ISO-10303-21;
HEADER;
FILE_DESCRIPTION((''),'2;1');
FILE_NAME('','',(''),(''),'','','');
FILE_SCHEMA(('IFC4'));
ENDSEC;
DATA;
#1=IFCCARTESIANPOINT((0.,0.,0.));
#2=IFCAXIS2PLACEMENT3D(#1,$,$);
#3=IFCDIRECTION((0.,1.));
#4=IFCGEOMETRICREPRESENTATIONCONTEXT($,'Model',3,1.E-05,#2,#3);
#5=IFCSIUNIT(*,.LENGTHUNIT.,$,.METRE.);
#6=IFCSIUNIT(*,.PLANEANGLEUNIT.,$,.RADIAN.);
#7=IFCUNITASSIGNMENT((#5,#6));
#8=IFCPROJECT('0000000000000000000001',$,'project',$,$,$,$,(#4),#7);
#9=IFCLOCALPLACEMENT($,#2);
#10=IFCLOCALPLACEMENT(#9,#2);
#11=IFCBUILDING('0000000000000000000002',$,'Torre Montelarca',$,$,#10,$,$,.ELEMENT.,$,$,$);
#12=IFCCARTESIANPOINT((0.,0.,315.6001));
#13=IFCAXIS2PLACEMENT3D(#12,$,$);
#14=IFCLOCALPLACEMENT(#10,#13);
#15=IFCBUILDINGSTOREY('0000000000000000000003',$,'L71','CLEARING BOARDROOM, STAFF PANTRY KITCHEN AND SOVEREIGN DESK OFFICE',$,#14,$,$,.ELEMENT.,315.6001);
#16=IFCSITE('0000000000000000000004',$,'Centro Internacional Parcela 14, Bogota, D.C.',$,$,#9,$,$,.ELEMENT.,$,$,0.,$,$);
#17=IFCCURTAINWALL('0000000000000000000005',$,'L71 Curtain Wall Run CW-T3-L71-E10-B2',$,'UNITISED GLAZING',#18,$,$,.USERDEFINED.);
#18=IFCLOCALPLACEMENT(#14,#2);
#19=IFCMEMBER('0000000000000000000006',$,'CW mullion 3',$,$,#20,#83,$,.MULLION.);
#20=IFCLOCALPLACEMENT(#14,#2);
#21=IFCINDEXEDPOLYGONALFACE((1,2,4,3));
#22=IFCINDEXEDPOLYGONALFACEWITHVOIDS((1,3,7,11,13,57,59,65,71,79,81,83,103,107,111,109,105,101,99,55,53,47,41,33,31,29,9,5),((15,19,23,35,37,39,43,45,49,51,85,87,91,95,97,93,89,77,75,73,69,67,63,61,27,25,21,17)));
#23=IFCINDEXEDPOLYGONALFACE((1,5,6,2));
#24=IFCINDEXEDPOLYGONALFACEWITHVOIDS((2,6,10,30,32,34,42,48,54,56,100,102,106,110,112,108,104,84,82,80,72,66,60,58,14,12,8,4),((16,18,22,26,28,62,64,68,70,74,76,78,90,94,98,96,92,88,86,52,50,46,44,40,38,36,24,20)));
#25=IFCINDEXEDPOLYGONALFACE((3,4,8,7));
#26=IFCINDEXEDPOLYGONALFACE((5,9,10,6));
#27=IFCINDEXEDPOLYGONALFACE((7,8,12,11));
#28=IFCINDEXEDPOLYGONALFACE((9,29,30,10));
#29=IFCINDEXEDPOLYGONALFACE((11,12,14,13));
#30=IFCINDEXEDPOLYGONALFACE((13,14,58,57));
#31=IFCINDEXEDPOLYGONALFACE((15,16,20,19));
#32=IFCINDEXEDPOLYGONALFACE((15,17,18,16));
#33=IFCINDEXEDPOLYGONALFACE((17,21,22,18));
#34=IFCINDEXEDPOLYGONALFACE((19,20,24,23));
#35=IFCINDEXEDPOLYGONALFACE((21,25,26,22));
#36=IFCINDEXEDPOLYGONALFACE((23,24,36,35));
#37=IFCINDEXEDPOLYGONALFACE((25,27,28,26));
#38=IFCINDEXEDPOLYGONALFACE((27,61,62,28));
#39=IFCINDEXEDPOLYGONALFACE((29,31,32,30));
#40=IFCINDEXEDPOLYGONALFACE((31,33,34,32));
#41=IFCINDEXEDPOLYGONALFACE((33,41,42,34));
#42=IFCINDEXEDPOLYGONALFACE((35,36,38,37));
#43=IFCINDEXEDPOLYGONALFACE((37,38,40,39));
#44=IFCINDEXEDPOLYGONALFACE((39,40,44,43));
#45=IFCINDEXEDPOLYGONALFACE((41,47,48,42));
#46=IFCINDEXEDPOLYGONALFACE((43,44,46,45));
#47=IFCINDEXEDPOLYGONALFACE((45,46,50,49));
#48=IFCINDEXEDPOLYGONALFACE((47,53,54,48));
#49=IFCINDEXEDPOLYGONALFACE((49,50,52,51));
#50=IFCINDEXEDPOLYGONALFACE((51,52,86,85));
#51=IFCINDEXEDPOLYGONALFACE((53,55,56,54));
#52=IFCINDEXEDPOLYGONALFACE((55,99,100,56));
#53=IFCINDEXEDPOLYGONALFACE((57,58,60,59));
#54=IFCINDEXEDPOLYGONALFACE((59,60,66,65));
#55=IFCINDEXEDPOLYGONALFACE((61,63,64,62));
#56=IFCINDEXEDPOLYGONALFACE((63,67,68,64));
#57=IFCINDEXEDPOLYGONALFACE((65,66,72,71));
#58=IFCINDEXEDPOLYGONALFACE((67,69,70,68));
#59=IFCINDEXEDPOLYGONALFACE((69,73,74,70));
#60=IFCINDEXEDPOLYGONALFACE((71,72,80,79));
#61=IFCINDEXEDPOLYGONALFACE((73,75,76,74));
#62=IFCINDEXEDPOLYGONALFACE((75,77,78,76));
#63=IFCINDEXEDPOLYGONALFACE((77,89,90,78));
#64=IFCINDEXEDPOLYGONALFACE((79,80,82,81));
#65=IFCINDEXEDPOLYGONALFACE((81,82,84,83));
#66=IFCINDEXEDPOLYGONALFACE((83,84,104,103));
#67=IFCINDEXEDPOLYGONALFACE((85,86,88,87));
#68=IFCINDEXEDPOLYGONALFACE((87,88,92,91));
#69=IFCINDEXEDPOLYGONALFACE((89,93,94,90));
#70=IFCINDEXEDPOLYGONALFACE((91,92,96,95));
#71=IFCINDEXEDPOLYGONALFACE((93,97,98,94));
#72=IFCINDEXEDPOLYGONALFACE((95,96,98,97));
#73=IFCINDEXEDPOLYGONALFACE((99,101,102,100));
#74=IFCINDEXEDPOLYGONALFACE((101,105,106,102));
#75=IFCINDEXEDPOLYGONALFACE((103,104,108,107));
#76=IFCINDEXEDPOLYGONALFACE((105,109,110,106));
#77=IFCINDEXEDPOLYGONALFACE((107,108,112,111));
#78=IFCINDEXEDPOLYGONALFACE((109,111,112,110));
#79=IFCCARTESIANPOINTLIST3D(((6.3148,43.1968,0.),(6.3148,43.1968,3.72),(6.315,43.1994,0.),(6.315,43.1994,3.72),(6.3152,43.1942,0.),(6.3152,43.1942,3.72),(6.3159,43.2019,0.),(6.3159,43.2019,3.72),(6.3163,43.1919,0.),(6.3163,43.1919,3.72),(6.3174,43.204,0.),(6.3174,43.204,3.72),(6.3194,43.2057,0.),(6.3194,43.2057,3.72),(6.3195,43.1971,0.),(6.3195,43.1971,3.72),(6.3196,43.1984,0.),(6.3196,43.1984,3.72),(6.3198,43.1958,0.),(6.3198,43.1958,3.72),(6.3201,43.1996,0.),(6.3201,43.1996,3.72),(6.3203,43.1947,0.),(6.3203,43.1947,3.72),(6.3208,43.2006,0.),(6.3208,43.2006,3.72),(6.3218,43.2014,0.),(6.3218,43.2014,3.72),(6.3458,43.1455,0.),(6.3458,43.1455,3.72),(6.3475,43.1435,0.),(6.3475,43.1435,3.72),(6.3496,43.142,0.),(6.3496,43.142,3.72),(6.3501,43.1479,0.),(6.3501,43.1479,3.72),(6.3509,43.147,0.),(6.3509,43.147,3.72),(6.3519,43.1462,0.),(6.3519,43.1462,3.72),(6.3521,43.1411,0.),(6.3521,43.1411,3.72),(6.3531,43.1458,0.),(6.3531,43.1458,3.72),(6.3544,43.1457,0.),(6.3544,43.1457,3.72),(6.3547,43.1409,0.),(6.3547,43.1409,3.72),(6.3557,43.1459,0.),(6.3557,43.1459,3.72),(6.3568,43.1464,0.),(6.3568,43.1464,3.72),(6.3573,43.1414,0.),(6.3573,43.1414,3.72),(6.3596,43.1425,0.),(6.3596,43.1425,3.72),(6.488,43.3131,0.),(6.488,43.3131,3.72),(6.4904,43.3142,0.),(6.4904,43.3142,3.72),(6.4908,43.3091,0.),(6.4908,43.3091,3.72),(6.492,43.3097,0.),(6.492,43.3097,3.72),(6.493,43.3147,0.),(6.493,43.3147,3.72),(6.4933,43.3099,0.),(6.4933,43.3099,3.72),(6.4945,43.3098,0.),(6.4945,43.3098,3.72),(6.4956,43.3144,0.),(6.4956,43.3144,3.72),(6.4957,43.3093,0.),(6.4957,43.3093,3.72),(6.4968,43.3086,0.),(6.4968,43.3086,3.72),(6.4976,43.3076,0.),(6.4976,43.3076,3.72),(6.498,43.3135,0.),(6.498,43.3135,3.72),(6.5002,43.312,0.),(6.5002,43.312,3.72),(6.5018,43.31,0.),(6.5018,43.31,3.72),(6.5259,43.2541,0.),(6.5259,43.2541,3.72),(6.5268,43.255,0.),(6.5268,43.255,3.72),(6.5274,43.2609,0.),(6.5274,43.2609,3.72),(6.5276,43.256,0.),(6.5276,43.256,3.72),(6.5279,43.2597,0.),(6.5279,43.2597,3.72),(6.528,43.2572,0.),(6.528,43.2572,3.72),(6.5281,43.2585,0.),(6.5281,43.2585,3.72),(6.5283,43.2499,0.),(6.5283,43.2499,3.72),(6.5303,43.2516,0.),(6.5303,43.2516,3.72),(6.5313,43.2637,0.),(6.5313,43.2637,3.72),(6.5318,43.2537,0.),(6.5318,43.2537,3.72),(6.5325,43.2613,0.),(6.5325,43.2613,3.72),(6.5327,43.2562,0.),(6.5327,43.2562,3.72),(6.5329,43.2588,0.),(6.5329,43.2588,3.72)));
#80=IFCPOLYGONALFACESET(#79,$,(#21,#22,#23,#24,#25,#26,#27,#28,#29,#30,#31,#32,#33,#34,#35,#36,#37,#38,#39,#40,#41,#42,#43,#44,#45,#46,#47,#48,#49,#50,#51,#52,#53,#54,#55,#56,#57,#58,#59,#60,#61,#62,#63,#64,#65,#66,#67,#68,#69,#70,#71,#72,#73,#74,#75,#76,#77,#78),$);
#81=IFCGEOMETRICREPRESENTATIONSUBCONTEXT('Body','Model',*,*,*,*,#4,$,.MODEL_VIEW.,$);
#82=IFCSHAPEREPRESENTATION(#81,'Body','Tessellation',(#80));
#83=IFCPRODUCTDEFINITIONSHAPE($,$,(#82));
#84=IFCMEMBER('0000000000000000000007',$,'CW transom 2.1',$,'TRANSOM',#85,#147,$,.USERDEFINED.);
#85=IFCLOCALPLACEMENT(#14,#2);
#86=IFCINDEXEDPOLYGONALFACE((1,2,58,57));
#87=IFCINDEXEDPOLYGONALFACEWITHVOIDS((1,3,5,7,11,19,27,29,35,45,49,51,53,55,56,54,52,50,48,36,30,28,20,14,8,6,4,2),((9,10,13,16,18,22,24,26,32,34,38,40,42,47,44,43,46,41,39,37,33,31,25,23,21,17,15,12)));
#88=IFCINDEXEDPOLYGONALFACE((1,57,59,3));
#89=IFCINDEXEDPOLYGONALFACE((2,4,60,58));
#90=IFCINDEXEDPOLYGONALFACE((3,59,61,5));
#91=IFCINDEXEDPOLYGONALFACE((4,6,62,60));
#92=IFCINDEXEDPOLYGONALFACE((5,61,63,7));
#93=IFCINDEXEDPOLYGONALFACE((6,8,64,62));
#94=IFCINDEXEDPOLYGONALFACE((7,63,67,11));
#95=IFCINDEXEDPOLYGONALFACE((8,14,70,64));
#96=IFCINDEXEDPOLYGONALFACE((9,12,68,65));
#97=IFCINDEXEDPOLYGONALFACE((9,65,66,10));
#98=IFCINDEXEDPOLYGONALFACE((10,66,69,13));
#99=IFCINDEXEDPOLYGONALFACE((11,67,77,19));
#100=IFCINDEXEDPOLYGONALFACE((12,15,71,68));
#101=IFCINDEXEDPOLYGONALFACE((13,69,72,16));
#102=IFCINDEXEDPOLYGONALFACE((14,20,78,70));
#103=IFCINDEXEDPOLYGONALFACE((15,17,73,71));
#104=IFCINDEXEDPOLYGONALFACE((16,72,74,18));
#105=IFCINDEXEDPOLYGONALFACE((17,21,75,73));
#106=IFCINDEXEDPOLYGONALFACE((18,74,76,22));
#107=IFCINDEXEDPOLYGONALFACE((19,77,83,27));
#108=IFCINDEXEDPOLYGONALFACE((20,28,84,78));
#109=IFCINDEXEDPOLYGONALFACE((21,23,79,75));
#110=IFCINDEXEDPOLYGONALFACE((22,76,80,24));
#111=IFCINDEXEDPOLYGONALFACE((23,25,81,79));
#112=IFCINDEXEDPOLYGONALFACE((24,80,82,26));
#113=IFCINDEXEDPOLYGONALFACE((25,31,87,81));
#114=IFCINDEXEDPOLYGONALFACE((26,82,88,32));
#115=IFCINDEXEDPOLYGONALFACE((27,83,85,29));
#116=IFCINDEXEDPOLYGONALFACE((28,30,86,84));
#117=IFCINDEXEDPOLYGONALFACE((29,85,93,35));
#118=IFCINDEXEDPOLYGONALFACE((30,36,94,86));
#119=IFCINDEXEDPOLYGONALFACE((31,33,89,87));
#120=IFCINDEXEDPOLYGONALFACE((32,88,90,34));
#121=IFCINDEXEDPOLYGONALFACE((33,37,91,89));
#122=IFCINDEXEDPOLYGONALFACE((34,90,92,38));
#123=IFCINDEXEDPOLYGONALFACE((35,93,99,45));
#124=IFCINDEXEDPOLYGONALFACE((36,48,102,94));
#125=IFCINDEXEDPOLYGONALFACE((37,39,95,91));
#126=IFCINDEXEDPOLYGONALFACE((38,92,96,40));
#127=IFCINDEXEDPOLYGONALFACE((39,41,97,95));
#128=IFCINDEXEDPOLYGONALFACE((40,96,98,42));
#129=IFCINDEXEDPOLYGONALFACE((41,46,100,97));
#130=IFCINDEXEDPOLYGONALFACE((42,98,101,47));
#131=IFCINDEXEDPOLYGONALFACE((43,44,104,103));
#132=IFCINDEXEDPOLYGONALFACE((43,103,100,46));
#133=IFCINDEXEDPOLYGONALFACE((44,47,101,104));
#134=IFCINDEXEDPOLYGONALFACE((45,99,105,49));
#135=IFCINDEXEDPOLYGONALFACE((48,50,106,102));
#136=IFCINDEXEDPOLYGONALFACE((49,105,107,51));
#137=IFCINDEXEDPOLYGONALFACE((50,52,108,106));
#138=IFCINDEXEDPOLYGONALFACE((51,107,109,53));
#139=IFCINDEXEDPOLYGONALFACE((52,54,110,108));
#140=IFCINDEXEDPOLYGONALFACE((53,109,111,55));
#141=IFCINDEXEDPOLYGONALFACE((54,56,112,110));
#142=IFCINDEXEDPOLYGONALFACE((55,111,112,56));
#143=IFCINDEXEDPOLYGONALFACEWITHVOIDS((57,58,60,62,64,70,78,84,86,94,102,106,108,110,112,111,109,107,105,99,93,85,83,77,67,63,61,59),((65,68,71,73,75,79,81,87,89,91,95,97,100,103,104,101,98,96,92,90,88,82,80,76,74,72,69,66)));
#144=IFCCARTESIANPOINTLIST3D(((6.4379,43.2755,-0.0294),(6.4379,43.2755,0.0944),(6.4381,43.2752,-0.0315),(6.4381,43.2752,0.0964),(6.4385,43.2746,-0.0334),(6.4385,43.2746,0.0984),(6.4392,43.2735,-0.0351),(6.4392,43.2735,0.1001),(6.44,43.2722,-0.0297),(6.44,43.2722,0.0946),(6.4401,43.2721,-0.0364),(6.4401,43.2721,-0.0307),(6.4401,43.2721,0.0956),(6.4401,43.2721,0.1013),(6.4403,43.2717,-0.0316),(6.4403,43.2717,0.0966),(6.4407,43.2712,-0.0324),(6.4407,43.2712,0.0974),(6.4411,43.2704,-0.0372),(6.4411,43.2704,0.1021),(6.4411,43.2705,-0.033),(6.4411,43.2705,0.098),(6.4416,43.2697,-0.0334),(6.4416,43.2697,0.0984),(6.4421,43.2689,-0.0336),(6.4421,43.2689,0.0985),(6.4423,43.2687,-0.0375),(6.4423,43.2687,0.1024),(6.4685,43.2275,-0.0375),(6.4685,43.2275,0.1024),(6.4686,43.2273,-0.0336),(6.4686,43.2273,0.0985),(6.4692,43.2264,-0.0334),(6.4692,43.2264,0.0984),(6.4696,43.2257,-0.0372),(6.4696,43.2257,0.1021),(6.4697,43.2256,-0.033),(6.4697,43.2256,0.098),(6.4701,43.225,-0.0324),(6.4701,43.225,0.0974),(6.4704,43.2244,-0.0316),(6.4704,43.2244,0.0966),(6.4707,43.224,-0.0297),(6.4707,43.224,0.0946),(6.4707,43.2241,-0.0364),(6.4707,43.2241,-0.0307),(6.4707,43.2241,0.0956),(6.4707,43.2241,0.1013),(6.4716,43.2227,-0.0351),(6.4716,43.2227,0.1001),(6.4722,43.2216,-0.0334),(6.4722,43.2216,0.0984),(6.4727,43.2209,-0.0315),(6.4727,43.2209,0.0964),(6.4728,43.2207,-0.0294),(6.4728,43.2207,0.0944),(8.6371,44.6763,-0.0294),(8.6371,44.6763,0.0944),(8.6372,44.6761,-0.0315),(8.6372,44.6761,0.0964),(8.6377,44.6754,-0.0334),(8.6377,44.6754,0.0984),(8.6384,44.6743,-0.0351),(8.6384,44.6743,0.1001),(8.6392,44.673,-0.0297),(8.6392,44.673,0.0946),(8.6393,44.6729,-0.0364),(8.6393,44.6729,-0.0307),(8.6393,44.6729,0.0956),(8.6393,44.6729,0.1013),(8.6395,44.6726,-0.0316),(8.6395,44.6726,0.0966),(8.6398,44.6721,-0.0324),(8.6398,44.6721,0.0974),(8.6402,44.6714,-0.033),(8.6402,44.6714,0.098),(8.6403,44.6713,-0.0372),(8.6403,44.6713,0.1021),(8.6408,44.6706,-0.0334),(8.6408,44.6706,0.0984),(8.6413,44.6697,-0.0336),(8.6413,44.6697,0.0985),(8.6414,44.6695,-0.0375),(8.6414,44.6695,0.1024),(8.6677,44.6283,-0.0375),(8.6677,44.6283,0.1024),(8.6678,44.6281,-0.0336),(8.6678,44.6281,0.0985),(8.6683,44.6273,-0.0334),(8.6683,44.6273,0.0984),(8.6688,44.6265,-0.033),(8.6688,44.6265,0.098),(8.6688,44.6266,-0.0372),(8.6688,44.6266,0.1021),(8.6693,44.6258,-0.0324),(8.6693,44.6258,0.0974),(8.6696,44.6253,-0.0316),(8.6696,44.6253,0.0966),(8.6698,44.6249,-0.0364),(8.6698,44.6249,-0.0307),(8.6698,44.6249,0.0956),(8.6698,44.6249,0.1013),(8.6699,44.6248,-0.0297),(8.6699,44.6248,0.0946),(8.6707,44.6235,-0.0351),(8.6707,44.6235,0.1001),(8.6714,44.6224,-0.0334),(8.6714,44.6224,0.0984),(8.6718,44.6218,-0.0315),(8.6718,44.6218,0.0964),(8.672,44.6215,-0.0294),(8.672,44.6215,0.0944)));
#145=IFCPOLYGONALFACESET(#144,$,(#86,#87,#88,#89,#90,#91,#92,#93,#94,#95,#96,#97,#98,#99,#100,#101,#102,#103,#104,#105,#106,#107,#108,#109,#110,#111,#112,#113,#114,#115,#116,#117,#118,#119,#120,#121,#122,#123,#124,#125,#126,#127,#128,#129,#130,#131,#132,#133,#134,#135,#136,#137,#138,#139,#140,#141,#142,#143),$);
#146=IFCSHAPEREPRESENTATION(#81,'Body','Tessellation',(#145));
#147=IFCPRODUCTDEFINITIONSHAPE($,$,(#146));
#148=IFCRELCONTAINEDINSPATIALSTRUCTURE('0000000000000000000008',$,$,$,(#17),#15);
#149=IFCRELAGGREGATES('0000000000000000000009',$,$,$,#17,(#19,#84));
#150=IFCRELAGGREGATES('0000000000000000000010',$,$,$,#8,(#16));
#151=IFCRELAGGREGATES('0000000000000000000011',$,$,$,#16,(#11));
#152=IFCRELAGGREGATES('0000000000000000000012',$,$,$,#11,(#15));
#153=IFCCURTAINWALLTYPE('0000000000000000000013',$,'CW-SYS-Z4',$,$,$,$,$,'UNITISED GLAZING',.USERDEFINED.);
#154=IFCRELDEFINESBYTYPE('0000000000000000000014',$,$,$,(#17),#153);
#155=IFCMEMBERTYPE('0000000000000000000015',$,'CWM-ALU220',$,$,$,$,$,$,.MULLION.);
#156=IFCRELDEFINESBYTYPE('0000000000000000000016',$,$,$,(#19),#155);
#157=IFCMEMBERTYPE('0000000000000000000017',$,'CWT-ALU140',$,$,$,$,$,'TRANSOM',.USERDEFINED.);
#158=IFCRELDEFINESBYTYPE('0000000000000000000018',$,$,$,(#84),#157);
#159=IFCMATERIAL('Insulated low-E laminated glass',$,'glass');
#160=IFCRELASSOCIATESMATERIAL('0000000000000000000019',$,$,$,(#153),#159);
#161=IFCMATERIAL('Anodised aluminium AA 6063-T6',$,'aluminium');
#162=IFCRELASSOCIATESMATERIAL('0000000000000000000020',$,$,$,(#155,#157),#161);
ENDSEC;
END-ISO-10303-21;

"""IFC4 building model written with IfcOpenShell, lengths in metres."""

from ifc_helpers import new_model, si_unit, direction, frame, origin, origin_2d, place, context, subcontext, project, spatial, hollow_rectangle, extrude, source, transform, mapped, material, material_profile, profile_set, type_object, element, aggregate, save


model = new_model("IFC4")

# Units and contexts
model_context = context("Model", 3, precision=1e-05, world=origin(), true_north=direction((0.0, 1.0)))
body_context = subcontext(model_context, "Body", "Model", "MODEL_VIEW")
ifc_project = project(units=[si_unit("LENGTHUNIT", "METRE"), si_unit("PLANEANGLEUNIT", "RADIAN")], contexts=[model_context])

# Site, building, storey
site_placement = place(None, origin())
site = spatial("IfcSite", under=ifc_project, at=site_placement, Name="Centro Internacional Parcela 14, Bogota, D.C.", CompositionType="ELEMENT", RefElevation=0.0)
building_placement = place(site_placement, origin())
building = spatial("IfcBuilding", under=site, at=building_placement, Name="Torre Montelarca", CompositionType="ELEMENT")
storey_placement = place(building_placement, frame((0.0, 0.0, 315.6001)))
storey = spatial("IfcBuildingStorey", under=building, at=storey_placement, Name="L71", Description="CLEARING BOARDROOM, STAFF PANTRY KITCHEN AND SOVEREIGN DESK OFFICE", CompositionType="ELEMENT", Elevation=315.6001)

# Curtain wall, members
ifc_material_1 = material(Name="Insulated low-E laminated glass", Category="glass")
curtain_wall_type = type_object("IfcCurtainWallType", Name="CW-SYS-Z4", ElementType="UNITISED GLAZING", PredefinedType="USERDEFINED", material=ifc_material_1)
curtain_wall_placement = place(storey_placement, origin())
curtain_wall = element("IfcCurtainWall", 1, at=curtain_wall_placement, inside=storey, type_object=curtain_wall_type, Name="L71 Curtain Wall Run CW-T3-L71-E10-B2", ObjectType="UNITISED GLAZING", PredefinedType="USERDEFINED")
ifc_material_2 = material(Name="Anodised aluminium AA 6063-T6", Category="aluminium")
ifc_material_profile_1 = material_profile(ifc_material_2, hollow_rectangle(XDim=0.075, YDim=0.22, WallThickness=0.0049, InnerFilletRadius=0.0049, OuterFilletRadius=0.01, at=origin_2d()), Name="ALU75X220X5", Category="aluminium")
ifc_profile_set_1 = profile_set([ifc_material_profile_1], Name="Anodised aluminium AA 6063-T6")
member_type_1 = type_object("IfcMemberType", Name="CWM-ALU220", PredefinedType="MULLION", material=ifc_profile_set_1)
shared_shape_1 = source(origin(), body_context, "Body", "SweptSolid", [
    extrude(hollow_rectangle(XDim=0.075, YDim=0.22, WallThickness=0.0049, InnerFilletRadius=0.0049, OuterFilletRadius=0.01, at=origin_2d()), origin(), (0.0, 0.0, 1.0), 3.72),
])
member_1_placement = place(storey_placement, frame((6.4238, 43.2278, 0.0), z_axis=(0.0, 0.0, 1.0), x_axis=(0.537302, -0.84339, 0.0)))
member_1 = element("IfcMember", 2, at=member_1_placement, type_object=member_type_1, Name="CW mullion 3", PredefinedType="MULLION", context=body_context, shape_type="MappedRepresentation", body=[
    mapped(shared_shape_1, transform((0.0, 0.0, 0.0), scale=1.0)),
])
ifc_material_profile_2 = material_profile(ifc_material_2, hollow_rectangle(XDim=0.0649, YDim=0.1399, WallThickness=0.0039, InnerFilletRadius=0.0039, OuterFilletRadius=0.0081, at=origin_2d()), Name="ALU65X140X4", Category="aluminium")
ifc_profile_set_2 = profile_set([ifc_material_profile_2], Name="Anodised aluminium AA 6063-T6")
member_type_2 = type_object("IfcMemberType", Name="CWT-ALU140", ElementType="TRANSOM", PredefinedType="USERDEFINED", material=ifc_profile_set_2)
shared_shape_2 = source(origin(), body_context, "Body", "SweptSolid", [
    extrude(hollow_rectangle(XDim=0.0649, YDim=0.1399, WallThickness=0.0039, InnerFilletRadius=0.0039, OuterFilletRadius=0.0081, at=origin_2d()), origin(), (0.0, 0.0, 1.0), 2.6074),
])
member_2_placement = place(storey_placement, frame((8.6545, 44.6489, 0.0325), z_axis=(-0.843422, -0.537251, 0.0), x_axis=(0.537251, -0.843422, 0.0)))
member_2 = element("IfcMember", 3, at=member_2_placement, type_object=member_type_2, Name="CW transom 2.1", ObjectType="TRANSOM", PredefinedType="USERDEFINED", context=body_context, shape_type="MappedRepresentation", body=[
    mapped(shared_shape_2, transform((0.0, 0.0, 0.0), scale=1.0)),
])
aggregate(curtain_wall, [member_1, member_2])

save(model, "model.ifc")
